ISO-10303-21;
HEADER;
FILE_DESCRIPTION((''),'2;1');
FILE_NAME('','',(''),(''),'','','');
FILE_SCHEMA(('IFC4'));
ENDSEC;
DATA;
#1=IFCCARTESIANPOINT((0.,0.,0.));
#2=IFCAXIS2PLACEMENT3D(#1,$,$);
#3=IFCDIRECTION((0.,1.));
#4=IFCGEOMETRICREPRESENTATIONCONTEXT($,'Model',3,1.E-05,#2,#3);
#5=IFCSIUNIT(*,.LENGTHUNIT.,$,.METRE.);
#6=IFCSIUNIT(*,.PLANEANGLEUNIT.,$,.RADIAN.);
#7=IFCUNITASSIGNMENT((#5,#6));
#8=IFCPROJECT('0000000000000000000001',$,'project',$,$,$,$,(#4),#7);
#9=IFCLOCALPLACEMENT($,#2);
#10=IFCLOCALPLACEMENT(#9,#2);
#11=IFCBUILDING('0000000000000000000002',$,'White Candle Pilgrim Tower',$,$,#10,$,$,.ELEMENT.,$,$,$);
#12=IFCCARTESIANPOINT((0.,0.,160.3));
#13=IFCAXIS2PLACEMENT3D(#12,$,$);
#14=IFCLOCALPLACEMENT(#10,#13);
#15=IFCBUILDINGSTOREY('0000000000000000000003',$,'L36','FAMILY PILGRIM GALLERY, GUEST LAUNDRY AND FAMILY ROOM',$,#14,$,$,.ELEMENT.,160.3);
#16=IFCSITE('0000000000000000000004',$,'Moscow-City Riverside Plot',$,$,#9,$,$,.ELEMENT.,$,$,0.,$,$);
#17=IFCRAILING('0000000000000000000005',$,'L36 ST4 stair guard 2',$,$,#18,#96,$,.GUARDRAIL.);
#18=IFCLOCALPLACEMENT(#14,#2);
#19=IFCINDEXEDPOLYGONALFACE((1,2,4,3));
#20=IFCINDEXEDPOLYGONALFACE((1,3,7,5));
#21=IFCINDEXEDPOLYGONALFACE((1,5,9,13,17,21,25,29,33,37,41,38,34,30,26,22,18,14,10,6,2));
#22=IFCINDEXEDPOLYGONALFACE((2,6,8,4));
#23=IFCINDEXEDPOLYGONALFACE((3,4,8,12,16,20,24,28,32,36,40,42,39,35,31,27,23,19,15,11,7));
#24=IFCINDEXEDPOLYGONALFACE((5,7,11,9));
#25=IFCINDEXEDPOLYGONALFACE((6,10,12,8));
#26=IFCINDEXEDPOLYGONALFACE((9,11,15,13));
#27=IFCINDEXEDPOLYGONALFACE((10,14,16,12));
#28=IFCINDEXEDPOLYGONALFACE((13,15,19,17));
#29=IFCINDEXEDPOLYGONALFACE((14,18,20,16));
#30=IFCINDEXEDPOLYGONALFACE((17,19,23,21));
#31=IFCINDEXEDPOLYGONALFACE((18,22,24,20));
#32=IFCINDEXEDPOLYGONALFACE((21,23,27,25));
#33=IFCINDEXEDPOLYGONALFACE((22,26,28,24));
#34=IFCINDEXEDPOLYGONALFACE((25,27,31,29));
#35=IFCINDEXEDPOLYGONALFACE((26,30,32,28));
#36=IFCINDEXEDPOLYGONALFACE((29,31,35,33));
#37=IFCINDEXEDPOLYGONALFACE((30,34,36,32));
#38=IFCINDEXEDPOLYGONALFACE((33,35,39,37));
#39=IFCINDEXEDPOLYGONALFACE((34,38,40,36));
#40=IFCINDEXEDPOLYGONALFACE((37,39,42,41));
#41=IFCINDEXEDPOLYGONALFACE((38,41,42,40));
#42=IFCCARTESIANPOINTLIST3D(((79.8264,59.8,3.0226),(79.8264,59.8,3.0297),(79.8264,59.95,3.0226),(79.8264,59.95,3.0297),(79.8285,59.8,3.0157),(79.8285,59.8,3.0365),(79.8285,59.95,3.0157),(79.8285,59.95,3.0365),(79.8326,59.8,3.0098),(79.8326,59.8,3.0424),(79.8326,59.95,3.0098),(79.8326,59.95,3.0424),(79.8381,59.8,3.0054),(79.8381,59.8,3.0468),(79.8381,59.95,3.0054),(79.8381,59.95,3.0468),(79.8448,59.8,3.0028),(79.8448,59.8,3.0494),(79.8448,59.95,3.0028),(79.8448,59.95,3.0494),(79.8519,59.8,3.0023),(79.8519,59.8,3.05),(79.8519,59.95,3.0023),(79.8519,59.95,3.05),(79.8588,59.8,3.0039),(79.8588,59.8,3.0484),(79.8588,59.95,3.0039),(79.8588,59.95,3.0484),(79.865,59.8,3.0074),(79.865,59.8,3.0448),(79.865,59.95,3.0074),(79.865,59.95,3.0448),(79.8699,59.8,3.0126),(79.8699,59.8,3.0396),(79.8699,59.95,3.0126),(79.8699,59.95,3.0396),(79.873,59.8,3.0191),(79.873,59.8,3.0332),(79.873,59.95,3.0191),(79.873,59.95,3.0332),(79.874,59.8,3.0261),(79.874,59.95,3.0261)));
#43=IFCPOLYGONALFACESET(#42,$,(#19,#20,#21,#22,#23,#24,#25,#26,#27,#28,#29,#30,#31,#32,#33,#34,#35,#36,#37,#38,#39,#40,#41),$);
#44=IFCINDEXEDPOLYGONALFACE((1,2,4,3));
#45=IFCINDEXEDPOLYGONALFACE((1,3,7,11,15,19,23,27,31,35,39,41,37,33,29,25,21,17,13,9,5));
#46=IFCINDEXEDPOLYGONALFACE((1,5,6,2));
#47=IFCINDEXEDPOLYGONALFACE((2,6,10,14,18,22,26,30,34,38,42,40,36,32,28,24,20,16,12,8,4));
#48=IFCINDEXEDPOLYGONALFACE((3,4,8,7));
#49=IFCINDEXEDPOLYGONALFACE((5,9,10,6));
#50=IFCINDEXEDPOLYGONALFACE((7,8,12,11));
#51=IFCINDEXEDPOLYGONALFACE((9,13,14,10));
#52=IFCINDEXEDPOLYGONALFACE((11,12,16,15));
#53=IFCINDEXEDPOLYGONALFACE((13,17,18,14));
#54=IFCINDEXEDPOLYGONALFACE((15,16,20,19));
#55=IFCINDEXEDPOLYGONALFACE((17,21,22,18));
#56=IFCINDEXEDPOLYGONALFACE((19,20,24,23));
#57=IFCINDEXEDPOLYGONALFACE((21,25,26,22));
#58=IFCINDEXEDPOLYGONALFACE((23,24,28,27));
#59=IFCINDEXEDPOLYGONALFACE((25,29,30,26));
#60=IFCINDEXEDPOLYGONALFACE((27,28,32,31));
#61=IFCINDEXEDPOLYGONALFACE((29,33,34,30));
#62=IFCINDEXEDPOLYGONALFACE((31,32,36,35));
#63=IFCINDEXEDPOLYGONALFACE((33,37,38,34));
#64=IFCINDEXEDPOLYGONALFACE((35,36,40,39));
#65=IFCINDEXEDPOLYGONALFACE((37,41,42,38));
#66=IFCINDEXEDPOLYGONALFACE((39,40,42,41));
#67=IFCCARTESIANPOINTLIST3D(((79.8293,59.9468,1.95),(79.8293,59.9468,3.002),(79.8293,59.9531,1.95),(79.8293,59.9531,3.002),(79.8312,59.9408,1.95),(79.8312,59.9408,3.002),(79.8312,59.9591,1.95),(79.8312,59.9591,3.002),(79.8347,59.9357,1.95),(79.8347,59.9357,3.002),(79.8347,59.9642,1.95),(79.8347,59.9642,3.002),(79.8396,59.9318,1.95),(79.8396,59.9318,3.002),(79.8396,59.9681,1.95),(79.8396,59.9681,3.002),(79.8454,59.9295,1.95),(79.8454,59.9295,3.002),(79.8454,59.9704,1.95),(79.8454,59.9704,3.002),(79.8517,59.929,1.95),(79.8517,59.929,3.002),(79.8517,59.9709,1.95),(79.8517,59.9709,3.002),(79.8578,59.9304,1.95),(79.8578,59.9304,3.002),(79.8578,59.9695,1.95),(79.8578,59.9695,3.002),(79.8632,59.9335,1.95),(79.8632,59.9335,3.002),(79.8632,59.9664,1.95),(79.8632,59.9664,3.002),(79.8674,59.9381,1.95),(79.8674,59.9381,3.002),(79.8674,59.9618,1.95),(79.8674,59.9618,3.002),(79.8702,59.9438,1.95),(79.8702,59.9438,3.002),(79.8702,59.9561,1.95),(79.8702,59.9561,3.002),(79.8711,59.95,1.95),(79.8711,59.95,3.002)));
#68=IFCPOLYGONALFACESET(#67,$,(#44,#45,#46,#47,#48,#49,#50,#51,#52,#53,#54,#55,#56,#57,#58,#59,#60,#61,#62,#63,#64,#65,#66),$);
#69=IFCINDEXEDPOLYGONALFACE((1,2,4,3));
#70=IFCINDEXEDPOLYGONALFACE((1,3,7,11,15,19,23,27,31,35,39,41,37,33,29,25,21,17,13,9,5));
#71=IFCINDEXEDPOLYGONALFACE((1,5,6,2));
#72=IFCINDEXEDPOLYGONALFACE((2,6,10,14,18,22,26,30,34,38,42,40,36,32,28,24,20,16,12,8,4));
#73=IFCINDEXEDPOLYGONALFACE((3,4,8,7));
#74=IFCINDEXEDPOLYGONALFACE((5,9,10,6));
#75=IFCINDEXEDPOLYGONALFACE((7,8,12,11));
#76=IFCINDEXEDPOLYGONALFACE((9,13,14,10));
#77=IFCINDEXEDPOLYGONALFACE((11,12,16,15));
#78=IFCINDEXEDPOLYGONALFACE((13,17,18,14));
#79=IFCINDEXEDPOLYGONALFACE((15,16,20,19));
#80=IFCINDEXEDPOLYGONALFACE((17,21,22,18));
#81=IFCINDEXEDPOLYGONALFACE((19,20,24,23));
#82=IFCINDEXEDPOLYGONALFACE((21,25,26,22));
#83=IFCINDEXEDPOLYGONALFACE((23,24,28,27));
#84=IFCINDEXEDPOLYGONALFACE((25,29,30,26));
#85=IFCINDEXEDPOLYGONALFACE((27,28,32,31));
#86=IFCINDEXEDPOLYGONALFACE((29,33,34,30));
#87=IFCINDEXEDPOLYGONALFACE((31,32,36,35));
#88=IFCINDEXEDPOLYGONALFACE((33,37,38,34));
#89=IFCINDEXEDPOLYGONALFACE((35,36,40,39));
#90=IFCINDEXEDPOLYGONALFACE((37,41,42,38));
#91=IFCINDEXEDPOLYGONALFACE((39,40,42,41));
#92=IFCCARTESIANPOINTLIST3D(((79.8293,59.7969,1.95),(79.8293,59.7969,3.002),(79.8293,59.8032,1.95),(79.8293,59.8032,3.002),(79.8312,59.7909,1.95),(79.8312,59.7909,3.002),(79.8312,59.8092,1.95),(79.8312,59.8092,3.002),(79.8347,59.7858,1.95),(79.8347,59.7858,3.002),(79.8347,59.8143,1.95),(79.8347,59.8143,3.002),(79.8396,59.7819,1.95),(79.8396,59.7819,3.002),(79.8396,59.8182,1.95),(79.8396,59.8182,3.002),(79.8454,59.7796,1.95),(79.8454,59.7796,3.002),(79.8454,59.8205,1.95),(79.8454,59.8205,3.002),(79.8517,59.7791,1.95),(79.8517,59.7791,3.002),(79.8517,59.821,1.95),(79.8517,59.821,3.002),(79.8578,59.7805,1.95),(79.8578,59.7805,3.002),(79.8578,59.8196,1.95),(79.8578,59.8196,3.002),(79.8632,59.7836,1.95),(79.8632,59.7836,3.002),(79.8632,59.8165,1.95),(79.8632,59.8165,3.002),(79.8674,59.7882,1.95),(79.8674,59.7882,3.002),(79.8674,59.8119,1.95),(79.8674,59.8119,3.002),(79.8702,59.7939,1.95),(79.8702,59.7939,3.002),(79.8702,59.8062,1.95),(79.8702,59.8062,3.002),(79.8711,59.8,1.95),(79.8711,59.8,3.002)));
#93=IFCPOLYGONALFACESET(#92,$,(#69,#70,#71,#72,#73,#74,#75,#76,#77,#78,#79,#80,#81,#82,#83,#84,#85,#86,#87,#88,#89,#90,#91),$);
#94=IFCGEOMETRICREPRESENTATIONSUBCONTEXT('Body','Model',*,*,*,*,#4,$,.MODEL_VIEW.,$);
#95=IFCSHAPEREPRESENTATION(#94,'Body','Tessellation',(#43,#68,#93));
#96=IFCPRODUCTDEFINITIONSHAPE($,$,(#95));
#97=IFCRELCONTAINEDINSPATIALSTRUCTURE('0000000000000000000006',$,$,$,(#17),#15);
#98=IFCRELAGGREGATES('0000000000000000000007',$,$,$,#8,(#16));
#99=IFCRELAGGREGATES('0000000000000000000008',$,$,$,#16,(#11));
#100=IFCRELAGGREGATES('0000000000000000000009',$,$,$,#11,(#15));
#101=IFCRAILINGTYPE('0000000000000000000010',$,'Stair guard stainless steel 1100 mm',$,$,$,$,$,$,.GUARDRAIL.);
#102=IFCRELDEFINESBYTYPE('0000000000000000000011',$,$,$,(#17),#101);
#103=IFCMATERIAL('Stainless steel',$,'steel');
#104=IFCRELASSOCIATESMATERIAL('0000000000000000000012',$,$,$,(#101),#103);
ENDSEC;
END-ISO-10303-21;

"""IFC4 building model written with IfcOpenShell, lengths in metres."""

from ifc_helpers import new_model, si_unit, direction, frame, origin, origin_2d, place, context, subcontext, project, spatial, circle, extrude, material, type_object, element, save


model = new_model("IFC4")

# Units and contexts
model_context = context("Model", 3, precision=1e-05, world=origin(), true_north=direction((0.0, 1.0)))
body_context = subcontext(model_context, "Body", "Model", "MODEL_VIEW")
ifc_project = project(units=[si_unit("LENGTHUNIT", "METRE"), si_unit("PLANEANGLEUNIT", "RADIAN")], contexts=[model_context])

# Site, building, storey
site_placement = place(None, origin())
site = spatial("IfcSite", under=ifc_project, at=site_placement, Name="Moscow-City Riverside Plot", CompositionType="ELEMENT", RefElevation=0.0)
building_placement = place(site_placement, origin())
building = spatial("IfcBuilding", under=site, at=building_placement, Name="White Candle Pilgrim Tower", CompositionType="ELEMENT")
storey_placement = place(building_placement, frame((0.0, 0.0, 160.3)))
storey = spatial("IfcBuildingStorey", under=building, at=storey_placement, Name="L36", Description="FAMILY PILGRIM GALLERY, GUEST LAUNDRY AND FAMILY ROOM", CompositionType="ELEMENT", Elevation=160.3)

# Railing
ifc_material_1 = material(Name="Stainless steel", Category="steel")
railing_type_1 = type_object("IfcRailingType", Name="Stair guard stainless steel 1100 mm", PredefinedType="GUARDRAIL", material=ifc_material_1)
railing_1_placement = place(storey_placement, frame((79.8501, 59.95, 1.95)))
element("IfcRailing", 1, at=railing_1_placement, inside=storey, type_object=railing_type_1, Name="L36 ST4 stair guard 2", PredefinedType="GUARDRAIL", context=body_context, shape_type="SweptSolid", body=[
    extrude(circle(Radius=0.0239, at=origin_2d()), frame((0.0, 0.0, 1.0762), z_axis=(0.0, -1.0, 0.0), x_axis=(1.0, 0.0, 0.0)), (0.0, 0.0, 1.0), 0.1499),
    extrude(circle(Radius=0.021, at=origin_2d()), origin(), (0.0, 0.0, 1.0), 1.052),
    extrude(circle(Radius=0.021, at=origin_2d()), frame((0.0, -0.1499, 0.0)), (0.0, 0.0, 1.0), 1.052),
])

save(model, "model.ifc")
